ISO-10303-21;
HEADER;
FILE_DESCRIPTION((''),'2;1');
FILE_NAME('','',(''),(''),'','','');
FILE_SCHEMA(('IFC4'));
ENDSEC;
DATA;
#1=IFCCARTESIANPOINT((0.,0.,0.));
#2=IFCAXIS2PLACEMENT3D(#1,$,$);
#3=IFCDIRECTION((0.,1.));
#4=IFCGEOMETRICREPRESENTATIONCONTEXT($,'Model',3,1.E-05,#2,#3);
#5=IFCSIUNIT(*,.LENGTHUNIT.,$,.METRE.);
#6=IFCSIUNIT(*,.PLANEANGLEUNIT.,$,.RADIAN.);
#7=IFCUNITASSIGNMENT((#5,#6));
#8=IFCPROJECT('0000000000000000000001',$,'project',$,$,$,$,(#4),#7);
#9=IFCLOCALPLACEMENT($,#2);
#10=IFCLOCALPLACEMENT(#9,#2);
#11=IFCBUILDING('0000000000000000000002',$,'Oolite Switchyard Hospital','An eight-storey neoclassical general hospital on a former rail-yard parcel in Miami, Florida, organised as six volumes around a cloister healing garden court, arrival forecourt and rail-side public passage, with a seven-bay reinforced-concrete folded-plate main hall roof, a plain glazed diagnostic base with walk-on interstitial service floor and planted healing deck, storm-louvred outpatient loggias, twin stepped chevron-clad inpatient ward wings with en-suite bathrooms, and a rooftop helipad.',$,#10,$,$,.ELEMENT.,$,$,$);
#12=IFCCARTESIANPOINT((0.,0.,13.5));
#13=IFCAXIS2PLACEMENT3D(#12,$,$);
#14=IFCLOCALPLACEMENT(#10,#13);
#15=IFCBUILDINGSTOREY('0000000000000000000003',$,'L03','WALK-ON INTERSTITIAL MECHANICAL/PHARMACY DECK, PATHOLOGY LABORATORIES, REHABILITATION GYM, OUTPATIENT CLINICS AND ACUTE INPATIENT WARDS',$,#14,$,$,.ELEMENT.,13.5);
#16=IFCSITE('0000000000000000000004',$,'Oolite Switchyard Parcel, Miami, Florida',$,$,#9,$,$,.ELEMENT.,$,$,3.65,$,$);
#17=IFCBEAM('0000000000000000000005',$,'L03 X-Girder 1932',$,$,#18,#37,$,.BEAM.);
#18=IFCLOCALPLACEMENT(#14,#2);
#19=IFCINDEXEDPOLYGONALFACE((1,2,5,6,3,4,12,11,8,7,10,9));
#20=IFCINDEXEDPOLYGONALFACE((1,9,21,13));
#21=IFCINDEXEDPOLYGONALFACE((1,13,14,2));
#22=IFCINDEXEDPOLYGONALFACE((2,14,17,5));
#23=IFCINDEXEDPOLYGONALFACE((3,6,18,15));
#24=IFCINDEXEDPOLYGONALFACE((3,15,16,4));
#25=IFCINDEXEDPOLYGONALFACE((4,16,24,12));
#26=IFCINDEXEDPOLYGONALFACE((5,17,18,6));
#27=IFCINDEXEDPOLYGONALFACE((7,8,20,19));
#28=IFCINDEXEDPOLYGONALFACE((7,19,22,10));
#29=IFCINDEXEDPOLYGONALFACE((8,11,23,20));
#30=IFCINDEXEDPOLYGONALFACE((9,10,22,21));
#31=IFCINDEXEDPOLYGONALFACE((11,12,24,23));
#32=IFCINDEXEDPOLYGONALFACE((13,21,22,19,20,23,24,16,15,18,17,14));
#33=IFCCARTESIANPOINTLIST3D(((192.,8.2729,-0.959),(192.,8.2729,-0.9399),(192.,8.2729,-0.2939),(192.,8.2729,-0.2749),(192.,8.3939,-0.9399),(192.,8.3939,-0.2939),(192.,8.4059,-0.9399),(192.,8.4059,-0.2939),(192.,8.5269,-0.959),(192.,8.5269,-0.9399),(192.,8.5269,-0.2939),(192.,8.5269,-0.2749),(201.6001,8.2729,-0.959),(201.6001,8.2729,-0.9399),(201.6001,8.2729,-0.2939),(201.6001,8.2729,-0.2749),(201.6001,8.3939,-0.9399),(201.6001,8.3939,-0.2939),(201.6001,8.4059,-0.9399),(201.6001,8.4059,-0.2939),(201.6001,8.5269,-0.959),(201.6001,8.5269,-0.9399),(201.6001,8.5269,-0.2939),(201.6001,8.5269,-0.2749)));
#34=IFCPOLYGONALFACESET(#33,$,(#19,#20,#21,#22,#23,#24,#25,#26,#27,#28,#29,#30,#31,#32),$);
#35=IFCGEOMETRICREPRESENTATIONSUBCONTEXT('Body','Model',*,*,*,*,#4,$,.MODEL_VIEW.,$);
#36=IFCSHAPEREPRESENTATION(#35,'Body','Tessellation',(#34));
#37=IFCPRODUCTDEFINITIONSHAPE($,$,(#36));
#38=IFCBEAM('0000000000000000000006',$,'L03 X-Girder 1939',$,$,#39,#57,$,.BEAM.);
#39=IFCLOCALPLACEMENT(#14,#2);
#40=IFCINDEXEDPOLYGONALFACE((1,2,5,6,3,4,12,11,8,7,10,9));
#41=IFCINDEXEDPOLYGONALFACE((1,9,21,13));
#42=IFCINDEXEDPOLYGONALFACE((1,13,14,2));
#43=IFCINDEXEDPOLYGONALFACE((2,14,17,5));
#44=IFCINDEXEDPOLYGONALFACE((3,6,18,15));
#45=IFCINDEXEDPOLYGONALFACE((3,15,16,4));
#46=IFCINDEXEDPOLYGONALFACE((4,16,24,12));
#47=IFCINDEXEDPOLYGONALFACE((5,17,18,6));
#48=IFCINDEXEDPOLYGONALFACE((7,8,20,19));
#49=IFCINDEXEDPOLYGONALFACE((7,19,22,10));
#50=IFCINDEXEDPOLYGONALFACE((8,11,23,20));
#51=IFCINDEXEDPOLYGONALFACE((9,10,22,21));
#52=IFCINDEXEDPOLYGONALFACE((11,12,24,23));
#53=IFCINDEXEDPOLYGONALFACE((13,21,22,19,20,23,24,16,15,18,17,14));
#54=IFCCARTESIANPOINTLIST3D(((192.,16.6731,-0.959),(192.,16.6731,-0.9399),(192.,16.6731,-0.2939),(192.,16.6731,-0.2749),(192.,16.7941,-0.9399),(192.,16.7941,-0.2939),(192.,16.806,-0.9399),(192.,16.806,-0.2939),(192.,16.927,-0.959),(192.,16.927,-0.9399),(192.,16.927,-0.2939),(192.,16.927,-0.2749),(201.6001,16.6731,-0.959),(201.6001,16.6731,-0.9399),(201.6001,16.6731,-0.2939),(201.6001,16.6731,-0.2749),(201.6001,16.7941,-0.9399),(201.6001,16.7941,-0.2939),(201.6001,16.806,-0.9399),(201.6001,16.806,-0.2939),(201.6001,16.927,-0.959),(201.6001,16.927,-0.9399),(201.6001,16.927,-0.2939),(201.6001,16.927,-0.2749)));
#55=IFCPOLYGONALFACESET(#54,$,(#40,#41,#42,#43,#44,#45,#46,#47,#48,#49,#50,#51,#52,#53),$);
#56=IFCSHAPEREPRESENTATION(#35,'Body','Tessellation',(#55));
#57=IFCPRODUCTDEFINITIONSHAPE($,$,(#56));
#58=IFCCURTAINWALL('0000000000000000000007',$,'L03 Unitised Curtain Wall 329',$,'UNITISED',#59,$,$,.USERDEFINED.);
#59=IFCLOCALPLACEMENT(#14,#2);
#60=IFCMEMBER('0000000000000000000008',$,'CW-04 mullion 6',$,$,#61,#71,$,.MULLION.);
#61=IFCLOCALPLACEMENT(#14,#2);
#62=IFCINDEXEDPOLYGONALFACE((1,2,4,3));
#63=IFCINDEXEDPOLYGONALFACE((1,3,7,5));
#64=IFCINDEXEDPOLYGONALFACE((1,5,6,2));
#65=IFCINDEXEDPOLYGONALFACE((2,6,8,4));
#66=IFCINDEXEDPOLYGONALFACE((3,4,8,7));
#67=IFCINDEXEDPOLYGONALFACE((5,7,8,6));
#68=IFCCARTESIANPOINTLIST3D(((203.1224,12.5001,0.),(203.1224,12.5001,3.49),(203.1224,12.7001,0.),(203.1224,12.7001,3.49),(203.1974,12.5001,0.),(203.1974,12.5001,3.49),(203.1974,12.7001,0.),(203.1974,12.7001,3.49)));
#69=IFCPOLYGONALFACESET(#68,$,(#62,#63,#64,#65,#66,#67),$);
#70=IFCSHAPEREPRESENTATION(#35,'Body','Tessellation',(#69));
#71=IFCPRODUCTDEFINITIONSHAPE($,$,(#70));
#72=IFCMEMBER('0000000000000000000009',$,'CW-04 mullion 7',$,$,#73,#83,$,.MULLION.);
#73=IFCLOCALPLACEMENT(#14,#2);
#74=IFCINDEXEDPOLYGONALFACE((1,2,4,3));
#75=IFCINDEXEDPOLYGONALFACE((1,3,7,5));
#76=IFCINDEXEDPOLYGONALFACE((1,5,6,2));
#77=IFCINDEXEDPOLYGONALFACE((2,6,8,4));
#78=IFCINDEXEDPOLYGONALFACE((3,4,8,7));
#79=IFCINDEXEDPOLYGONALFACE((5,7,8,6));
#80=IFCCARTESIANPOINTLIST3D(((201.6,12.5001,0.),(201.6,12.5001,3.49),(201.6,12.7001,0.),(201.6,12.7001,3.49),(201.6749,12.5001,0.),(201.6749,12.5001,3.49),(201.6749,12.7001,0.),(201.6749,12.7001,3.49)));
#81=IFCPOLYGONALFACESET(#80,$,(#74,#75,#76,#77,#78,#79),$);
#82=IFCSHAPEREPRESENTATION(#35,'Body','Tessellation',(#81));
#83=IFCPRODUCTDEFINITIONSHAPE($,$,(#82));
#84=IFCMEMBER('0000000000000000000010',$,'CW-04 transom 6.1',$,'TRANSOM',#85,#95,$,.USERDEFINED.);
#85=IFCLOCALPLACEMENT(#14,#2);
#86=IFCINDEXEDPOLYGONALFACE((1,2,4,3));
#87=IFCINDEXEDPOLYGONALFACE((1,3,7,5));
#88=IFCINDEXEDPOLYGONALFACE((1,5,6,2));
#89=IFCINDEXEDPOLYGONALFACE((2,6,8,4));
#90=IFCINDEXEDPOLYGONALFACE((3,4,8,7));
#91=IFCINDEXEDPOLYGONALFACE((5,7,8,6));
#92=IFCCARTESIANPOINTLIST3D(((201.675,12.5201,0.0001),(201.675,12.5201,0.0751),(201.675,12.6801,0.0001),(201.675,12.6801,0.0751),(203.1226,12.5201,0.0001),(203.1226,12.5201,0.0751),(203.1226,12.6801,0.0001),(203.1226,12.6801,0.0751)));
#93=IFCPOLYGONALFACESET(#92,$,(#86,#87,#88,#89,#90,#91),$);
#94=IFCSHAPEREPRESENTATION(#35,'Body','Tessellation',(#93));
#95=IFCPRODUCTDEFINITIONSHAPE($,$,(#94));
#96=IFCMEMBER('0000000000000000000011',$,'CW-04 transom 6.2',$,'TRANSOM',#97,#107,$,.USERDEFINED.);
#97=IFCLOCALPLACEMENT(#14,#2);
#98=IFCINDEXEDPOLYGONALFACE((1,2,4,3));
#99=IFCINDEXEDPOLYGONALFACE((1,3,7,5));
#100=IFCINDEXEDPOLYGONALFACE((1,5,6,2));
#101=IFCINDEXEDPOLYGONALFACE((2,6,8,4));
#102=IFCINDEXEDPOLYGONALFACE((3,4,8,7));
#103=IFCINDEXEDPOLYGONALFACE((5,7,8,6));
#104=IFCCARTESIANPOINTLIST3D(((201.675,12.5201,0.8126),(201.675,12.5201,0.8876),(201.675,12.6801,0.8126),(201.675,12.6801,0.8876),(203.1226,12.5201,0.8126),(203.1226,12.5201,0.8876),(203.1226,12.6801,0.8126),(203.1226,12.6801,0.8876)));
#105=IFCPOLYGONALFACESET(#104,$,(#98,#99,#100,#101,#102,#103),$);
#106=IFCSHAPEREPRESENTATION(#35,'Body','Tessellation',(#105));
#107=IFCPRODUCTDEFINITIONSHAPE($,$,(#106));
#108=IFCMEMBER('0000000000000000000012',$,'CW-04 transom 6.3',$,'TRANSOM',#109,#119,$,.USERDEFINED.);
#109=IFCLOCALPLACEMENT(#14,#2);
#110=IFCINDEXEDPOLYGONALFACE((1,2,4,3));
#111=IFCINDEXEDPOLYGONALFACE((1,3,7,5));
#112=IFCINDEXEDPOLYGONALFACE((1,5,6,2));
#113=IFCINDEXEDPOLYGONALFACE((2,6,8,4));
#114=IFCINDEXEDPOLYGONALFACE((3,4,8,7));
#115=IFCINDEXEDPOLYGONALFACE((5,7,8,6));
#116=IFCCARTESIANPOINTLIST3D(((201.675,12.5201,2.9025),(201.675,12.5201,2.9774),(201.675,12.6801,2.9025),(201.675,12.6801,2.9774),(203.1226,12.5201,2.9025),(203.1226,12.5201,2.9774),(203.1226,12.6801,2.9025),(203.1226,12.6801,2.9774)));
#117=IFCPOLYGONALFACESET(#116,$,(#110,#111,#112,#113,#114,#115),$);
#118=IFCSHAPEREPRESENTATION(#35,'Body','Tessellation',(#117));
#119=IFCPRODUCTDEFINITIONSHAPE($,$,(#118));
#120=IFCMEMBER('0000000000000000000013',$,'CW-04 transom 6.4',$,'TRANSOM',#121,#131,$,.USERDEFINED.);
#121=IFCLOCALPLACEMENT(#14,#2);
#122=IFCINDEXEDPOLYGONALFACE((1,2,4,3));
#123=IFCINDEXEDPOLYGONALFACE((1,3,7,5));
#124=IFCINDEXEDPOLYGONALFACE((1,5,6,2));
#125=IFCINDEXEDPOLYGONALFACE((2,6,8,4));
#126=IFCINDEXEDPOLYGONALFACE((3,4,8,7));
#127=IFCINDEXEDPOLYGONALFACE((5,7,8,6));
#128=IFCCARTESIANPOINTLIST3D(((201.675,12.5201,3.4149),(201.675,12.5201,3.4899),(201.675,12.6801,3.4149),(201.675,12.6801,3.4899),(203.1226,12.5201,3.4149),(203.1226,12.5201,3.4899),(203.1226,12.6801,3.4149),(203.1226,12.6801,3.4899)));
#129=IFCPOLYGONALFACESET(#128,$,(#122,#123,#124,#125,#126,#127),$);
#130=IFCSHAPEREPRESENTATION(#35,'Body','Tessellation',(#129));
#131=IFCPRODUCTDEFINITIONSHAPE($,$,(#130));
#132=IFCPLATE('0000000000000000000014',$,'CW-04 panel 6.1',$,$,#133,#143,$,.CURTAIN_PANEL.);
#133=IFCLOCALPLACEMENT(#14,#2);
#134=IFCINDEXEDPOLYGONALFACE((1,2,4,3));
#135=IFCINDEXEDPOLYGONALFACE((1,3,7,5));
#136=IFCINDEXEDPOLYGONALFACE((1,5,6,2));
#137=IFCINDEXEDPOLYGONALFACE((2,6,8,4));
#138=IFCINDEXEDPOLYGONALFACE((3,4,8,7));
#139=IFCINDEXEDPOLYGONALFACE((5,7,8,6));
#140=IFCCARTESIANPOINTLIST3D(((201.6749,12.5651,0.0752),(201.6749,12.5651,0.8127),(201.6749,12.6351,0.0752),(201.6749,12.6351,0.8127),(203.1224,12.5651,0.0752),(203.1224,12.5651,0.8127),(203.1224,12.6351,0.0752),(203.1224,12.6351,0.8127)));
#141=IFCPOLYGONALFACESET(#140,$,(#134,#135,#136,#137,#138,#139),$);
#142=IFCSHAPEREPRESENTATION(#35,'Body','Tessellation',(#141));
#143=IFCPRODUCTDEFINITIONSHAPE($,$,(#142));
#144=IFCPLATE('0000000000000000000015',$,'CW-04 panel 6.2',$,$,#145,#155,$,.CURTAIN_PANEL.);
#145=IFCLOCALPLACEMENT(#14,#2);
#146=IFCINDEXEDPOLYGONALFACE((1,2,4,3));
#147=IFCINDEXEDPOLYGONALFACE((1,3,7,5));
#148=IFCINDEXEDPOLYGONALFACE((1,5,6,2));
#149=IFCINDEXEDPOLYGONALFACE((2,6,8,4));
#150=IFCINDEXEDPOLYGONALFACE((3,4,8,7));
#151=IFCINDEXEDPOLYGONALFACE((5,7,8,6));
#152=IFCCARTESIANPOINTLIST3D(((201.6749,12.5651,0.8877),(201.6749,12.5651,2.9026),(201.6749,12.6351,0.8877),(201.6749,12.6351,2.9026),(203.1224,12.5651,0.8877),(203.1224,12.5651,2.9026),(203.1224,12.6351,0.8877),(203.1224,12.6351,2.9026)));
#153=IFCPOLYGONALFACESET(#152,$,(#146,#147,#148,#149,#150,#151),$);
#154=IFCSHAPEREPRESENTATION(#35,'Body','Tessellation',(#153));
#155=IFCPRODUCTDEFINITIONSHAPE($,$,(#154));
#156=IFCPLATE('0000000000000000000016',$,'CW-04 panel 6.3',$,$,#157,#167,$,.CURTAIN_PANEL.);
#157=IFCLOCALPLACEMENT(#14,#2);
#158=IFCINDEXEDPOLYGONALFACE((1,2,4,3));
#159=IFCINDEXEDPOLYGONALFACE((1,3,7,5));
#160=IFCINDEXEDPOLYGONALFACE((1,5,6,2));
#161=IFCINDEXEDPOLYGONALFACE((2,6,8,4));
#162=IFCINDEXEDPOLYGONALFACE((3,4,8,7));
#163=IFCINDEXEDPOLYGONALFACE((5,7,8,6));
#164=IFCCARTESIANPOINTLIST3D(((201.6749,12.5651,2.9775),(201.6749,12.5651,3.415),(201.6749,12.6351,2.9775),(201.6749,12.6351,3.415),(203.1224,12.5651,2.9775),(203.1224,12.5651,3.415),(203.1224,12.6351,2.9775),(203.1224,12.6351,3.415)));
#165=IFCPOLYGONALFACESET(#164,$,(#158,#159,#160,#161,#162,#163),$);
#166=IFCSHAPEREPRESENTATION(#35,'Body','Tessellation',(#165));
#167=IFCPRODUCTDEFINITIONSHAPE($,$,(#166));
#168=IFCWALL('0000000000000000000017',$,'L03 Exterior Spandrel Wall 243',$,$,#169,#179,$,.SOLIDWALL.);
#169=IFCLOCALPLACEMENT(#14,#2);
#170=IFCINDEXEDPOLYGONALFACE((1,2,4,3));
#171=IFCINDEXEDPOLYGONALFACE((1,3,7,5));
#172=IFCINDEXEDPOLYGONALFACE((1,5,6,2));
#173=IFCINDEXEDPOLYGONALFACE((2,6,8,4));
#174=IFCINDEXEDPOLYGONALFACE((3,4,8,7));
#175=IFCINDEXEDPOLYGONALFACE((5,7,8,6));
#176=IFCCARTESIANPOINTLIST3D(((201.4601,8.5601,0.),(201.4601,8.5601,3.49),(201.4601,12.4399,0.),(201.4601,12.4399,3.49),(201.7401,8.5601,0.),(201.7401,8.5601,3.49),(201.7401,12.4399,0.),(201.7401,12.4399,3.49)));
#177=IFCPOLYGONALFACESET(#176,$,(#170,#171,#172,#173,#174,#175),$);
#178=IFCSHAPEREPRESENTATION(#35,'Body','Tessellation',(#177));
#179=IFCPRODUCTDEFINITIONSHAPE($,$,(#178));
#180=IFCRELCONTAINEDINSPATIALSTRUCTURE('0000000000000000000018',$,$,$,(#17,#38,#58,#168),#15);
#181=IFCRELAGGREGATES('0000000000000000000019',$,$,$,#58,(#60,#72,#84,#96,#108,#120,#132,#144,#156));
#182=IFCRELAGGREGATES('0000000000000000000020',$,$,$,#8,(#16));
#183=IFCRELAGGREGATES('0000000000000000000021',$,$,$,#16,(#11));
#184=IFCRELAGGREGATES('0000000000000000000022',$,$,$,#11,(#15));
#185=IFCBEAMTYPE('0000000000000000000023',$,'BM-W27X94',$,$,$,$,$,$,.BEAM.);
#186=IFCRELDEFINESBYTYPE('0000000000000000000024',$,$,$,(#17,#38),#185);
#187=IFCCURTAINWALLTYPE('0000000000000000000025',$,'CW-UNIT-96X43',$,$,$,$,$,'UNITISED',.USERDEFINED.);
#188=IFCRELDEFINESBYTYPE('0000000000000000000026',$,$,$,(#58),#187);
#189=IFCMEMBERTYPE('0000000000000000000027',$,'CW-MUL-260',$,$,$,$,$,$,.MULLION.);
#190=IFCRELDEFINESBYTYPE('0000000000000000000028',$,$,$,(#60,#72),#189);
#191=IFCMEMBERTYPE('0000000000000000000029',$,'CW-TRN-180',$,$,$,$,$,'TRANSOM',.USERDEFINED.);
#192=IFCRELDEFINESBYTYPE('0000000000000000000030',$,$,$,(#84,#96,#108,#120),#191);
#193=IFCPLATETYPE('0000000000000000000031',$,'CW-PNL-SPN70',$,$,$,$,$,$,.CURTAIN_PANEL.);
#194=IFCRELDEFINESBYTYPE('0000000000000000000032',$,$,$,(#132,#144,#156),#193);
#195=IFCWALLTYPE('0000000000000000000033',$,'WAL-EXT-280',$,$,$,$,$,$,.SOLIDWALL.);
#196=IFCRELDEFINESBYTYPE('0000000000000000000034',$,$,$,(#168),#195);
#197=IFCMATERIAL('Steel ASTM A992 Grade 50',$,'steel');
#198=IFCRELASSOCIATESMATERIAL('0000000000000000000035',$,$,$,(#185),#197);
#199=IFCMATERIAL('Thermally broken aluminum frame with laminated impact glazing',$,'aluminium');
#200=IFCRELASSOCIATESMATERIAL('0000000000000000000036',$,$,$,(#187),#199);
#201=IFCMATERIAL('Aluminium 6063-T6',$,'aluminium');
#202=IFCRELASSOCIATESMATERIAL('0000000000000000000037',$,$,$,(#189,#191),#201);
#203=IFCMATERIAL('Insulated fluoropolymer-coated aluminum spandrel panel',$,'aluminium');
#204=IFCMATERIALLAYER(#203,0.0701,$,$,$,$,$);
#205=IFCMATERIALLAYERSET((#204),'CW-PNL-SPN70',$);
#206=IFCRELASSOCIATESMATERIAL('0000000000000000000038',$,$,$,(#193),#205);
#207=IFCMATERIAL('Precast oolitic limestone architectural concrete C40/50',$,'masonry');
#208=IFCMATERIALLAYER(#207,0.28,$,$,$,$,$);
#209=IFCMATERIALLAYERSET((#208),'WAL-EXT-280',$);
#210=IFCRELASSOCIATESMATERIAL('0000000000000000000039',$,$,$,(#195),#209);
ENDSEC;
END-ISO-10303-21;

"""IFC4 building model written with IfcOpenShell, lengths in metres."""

from ifc_helpers import new_model, si_unit, direction, frame, frame_2d, origin, origin_2d, place, context, subcontext, project, spatial, rectangle, i_section, extrude, material, layer, layer_set, material_profile, profile_set, type_object, element, aggregate, save


model = new_model("IFC4")

# Units and contexts
model_context = context("Model", 3, precision=1e-05, world=origin(), true_north=direction((0.0, 1.0)))
body_context = subcontext(model_context, "Body", "Model", "MODEL_VIEW")
ifc_project = project(units=[si_unit("LENGTHUNIT", "METRE"), si_unit("PLANEANGLEUNIT", "RADIAN")], contexts=[model_context])

# Site, building, storey
site_placement = place(None, origin())
site = spatial("IfcSite", under=ifc_project, at=site_placement, Name="Oolite Switchyard Parcel, Miami, Florida", CompositionType="ELEMENT", RefElevation=3.65)
building_placement = place(site_placement, origin())
building = spatial("IfcBuilding", under=site, at=building_placement, Name="Oolite Switchyard Hospital", Description="An eight-storey neoclassical general hospital on a former rail-yard parcel in Miami, Florida, organised as six volumes around a cloister healing garden court, arrival forecourt and rail-side public passage, with a seven-bay reinforced-concrete folded-plate main hall roof, a plain glazed diagnostic base with walk-on interstitial service floor and planted healing deck, storm-louvred outpatient loggias, twin stepped chevron-clad inpatient ward wings with en-suite bathrooms, and a rooftop helipad.", CompositionType="ELEMENT")
storey_placement = place(building_placement, frame((0.0, 0.0, 13.5)))
storey = spatial("IfcBuildingStorey", under=building, at=storey_placement, Name="L03", Description="WALK-ON INTERSTITIAL MECHANICAL/PHARMACY DECK, PATHOLOGY LABORATORIES, REHABILITATION GYM, OUTPATIENT CLINICS AND ACUTE INPATIENT WARDS", CompositionType="ELEMENT", Elevation=13.5)

# Beams
ifc_material_1 = material(Name="Steel ASTM A992 Grade 50", Category="steel")
ifc_material_profile_1 = material_profile(ifc_material_1, i_section(OverallWidth=0.2539, OverallDepth=0.6841, WebThickness=0.012, FlangeThickness=0.019, at=origin_2d()), Name="W27X94")
ifc_profile_set_1 = profile_set([ifc_material_profile_1], Name="Steel ASTM A992 Grade 50")
beam_type_1 = type_object("IfcBeamType", Name="BM-W27X94", PredefinedType="BEAM", material=ifc_profile_set_1)
for number, where, z_axis, x_axis, name in (
    (1, (192.0, 8.3999, -0.6169), (1.0, 0.0, 0.0), (0.0, 1.0, 0.0), "L03 X-Girder 1932"),
    (2, (192.0, 16.8, -0.6169), (1.0, 0.0, 0.0), (0.0, 1.0, 0.0), "L03 X-Girder 1939"),
):
    element("IfcBeam", number, at=place(storey_placement, frame(where, z_axis=z_axis, x_axis=x_axis)), inside=storey, type_object=beam_type_1, Name=name, PredefinedType="BEAM", context=body_context, shape_type="SweptSolid", body=[
        extrude(i_section(OverallWidth=0.2539, OverallDepth=0.6841, WebThickness=0.012, FlangeThickness=0.019, at=origin_2d()), origin(), (0.0, 0.0, 1.0), 9.6001),
    ])

# Curtain wall, members, plates
ifc_material_2 = material(Name="Thermally broken aluminum frame with laminated impact glazing", Category="aluminium")
curtain_wall_type = type_object("IfcCurtainWallType", Name="CW-UNIT-96X43", ElementType="UNITISED", PredefinedType="USERDEFINED", material=ifc_material_2)
curtain_wall_placement = place(storey_placement, origin())
curtain_wall = element("IfcCurtainWall", 3, at=curtain_wall_placement, inside=storey, type_object=curtain_wall_type, Name="L03 Unitised Curtain Wall 329", ObjectType="UNITISED", PredefinedType="USERDEFINED")
ifc_material_3 = material(Name="Aluminium 6063-T6", Category="aluminium")
ifc_material_profile_2 = material_profile(ifc_material_3, rectangle(XDim=0.2, YDim=0.075, at=origin_2d()), Name="CWM75X200")
ifc_profile_set_2 = profile_set([ifc_material_profile_2], Name="Aluminium 6063-T6")
member_type_1 = type_object("IfcMemberType", Name="CW-MUL-260", PredefinedType="MULLION", material=ifc_profile_set_2)
member_1_placement = place(storey_placement, frame((203.1599, 12.6001, 0.0), z_axis=(0.0, 0.0, 1.0), x_axis=(0.0, -1.0, 0.0)))
member_1 = element("IfcMember", 4, at=member_1_placement, type_object=member_type_1, Name="CW-04 mullion 6", PredefinedType="MULLION", context=body_context, shape_type="SweptSolid", body=[
    extrude(rectangle(XDim=0.2, YDim=0.075, at=origin_2d()), origin(), (0.0, 0.0, 1.0), 3.49),
])
member_2_placement = place(storey_placement, frame((201.6375, 12.6001, 0.0), z_axis=(0.0, 0.0, 1.0), x_axis=(0.0, -1.0, 0.0)))
member_2 = element("IfcMember", 5, at=member_2_placement, type_object=member_type_1, Name="CW-04 mullion 7", PredefinedType="MULLION", context=body_context, shape_type="SweptSolid", body=[
    extrude(rectangle(XDim=0.2, YDim=0.075, at=origin_2d()), origin(), (0.0, 0.0, 1.0), 3.49),
])
ifc_material_profile_3 = material_profile(ifc_material_3, rectangle(XDim=0.1599, YDim=0.075, at=origin_2d()), Name="CWT75X160")
ifc_profile_set_3 = profile_set([ifc_material_profile_3], Name="Aluminium 6063-T6")
member_type_2 = type_object("IfcMemberType", Name="CW-TRN-180", ElementType="TRANSOM", PredefinedType="USERDEFINED", material=ifc_profile_set_3)
member_3_placement = place(storey_placement, frame((203.1226, 12.6001, 0.0376), z_axis=(-1.0, 0.0, 0.0), x_axis=(0.0, -1.0, 0.0)))
member_3 = element("IfcMember", 6, at=member_3_placement, type_object=member_type_2, Name="CW-04 transom 6.1", ObjectType="TRANSOM", PredefinedType="USERDEFINED", context=body_context, shape_type="SweptSolid", body=[
    extrude(rectangle(XDim=0.1599, YDim=0.075, at=origin_2d()), origin(), (0.0, 0.0, 1.0), 1.4475),
])
member_4_placement = place(storey_placement, frame((203.1226, 12.6001, 0.8501), z_axis=(-1.0, 0.0, 0.0), x_axis=(0.0, -1.0, 0.0)))
member_4 = element("IfcMember", 7, at=member_4_placement, type_object=member_type_2, Name="CW-04 transom 6.2", ObjectType="TRANSOM", PredefinedType="USERDEFINED", context=body_context, shape_type="SweptSolid", body=[
    extrude(rectangle(XDim=0.1599, YDim=0.075, at=origin_2d()), origin(), (0.0, 0.0, 1.0), 1.4475),
])
member_5_placement = place(storey_placement, frame((203.1226, 12.6001, 2.9399), z_axis=(-1.0, 0.0, 0.0), x_axis=(0.0, -1.0, 0.0)))
member_5 = element("IfcMember", 8, at=member_5_placement, type_object=member_type_2, Name="CW-04 transom 6.3", ObjectType="TRANSOM", PredefinedType="USERDEFINED", context=body_context, shape_type="SweptSolid", body=[
    extrude(rectangle(XDim=0.1599, YDim=0.075, at=origin_2d()), origin(), (0.0, 0.0, 1.0), 1.4475),
])
member_6_placement = place(storey_placement, frame((203.1226, 12.6001, 3.4524), z_axis=(-1.0, 0.0, 0.0), x_axis=(0.0, -1.0, 0.0)))
member_6 = element("IfcMember", 9, at=member_6_placement, type_object=member_type_2, Name="CW-04 transom 6.4", ObjectType="TRANSOM", PredefinedType="USERDEFINED", context=body_context, shape_type="SweptSolid", body=[
    extrude(rectangle(XDim=0.1599, YDim=0.075, at=origin_2d()), origin(), (0.0, 0.0, 1.0), 1.4475),
])
ifc_material_4 = material(Name="Insulated fluoropolymer-coated aluminum spandrel panel", Category="aluminium")
ifc_layer_1 = layer(ifc_material_4, 0.0701)
ifc_layer_set_1 = layer_set([ifc_layer_1], Name="CW-PNL-SPN70")
plate_type = type_object("IfcPlateType", Name="CW-PNL-SPN70", PredefinedType="CURTAIN_PANEL", material=ifc_layer_set_1)
plate_1_placement = place(storey_placement, frame((202.3987, 12.6001, 0.0752), z_axis=(0.0, 0.0, 1.0), x_axis=(-1.0, 0.0, 0.0)))
plate_1 = element("IfcPlate", 10, at=plate_1_placement, type_object=plate_type, Name="CW-04 panel 6.1", PredefinedType="CURTAIN_PANEL", context=body_context, shape_type="SweptSolid", body=[
    extrude(rectangle(XDim=1.4475, YDim=0.0701, at=origin_2d()), origin(), (0.0, 0.0, 1.0), 0.7375),
])
plate_2_placement = place(storey_placement, frame((202.3987, 12.6001, 0.8877), z_axis=(0.0, 0.0, 1.0), x_axis=(-1.0, 0.0, 0.0)))
plate_2 = element("IfcPlate", 11, at=plate_2_placement, type_object=plate_type, Name="CW-04 panel 6.2", PredefinedType="CURTAIN_PANEL", context=body_context, shape_type="SweptSolid", body=[
    extrude(rectangle(XDim=1.4475, YDim=0.0701, at=origin_2d()), origin(), (0.0, 0.0, 1.0), 2.0149),
])
plate_3_placement = place(storey_placement, frame((202.3987, 12.6001, 2.9775), z_axis=(0.0, 0.0, 1.0), x_axis=(-1.0, 0.0, 0.0)))
plate_3 = element("IfcPlate", 12, at=plate_3_placement, type_object=plate_type, Name="CW-04 panel 6.3", PredefinedType="CURTAIN_PANEL", context=body_context, shape_type="SweptSolid", body=[
    extrude(rectangle(XDim=1.4475, YDim=0.0701, at=origin_2d()), origin(), (0.0, 0.0, 1.0), 0.4375),
])
aggregate(curtain_wall, [member_1, member_2, member_3, member_4, member_5, member_6, plate_1, plate_2, plate_3])

# Wall
ifc_material_5 = material(Name="Precast oolitic limestone architectural concrete C40/50", Category="masonry")
ifc_layer_2 = layer(ifc_material_5, 0.28)
ifc_layer_set_2 = layer_set([ifc_layer_2], Name="WAL-EXT-280")
wall_type_1 = type_object("IfcWallType", Name="WAL-EXT-280", PredefinedType="SOLIDWALL", material=ifc_layer_set_2)
wall_1_placement = place(storey_placement, frame((201.6001, 12.4399, 0.0), z_axis=(0.0, 0.0, 1.0), x_axis=(0.0, -1.0, 0.0)))
element("IfcWall", 13, at=wall_1_placement, inside=storey, type_object=wall_type_1, Name="L03 Exterior Spandrel Wall 243", PredefinedType="SOLIDWALL", context=body_context, shape_type="SweptSolid", body=[
    extrude(rectangle(XDim=3.8799, YDim=0.28, at=frame_2d((1.9399, 0.0))), origin(), (0.0, 0.0, 1.0), 3.49),
])

save(model, "model.ifc")
